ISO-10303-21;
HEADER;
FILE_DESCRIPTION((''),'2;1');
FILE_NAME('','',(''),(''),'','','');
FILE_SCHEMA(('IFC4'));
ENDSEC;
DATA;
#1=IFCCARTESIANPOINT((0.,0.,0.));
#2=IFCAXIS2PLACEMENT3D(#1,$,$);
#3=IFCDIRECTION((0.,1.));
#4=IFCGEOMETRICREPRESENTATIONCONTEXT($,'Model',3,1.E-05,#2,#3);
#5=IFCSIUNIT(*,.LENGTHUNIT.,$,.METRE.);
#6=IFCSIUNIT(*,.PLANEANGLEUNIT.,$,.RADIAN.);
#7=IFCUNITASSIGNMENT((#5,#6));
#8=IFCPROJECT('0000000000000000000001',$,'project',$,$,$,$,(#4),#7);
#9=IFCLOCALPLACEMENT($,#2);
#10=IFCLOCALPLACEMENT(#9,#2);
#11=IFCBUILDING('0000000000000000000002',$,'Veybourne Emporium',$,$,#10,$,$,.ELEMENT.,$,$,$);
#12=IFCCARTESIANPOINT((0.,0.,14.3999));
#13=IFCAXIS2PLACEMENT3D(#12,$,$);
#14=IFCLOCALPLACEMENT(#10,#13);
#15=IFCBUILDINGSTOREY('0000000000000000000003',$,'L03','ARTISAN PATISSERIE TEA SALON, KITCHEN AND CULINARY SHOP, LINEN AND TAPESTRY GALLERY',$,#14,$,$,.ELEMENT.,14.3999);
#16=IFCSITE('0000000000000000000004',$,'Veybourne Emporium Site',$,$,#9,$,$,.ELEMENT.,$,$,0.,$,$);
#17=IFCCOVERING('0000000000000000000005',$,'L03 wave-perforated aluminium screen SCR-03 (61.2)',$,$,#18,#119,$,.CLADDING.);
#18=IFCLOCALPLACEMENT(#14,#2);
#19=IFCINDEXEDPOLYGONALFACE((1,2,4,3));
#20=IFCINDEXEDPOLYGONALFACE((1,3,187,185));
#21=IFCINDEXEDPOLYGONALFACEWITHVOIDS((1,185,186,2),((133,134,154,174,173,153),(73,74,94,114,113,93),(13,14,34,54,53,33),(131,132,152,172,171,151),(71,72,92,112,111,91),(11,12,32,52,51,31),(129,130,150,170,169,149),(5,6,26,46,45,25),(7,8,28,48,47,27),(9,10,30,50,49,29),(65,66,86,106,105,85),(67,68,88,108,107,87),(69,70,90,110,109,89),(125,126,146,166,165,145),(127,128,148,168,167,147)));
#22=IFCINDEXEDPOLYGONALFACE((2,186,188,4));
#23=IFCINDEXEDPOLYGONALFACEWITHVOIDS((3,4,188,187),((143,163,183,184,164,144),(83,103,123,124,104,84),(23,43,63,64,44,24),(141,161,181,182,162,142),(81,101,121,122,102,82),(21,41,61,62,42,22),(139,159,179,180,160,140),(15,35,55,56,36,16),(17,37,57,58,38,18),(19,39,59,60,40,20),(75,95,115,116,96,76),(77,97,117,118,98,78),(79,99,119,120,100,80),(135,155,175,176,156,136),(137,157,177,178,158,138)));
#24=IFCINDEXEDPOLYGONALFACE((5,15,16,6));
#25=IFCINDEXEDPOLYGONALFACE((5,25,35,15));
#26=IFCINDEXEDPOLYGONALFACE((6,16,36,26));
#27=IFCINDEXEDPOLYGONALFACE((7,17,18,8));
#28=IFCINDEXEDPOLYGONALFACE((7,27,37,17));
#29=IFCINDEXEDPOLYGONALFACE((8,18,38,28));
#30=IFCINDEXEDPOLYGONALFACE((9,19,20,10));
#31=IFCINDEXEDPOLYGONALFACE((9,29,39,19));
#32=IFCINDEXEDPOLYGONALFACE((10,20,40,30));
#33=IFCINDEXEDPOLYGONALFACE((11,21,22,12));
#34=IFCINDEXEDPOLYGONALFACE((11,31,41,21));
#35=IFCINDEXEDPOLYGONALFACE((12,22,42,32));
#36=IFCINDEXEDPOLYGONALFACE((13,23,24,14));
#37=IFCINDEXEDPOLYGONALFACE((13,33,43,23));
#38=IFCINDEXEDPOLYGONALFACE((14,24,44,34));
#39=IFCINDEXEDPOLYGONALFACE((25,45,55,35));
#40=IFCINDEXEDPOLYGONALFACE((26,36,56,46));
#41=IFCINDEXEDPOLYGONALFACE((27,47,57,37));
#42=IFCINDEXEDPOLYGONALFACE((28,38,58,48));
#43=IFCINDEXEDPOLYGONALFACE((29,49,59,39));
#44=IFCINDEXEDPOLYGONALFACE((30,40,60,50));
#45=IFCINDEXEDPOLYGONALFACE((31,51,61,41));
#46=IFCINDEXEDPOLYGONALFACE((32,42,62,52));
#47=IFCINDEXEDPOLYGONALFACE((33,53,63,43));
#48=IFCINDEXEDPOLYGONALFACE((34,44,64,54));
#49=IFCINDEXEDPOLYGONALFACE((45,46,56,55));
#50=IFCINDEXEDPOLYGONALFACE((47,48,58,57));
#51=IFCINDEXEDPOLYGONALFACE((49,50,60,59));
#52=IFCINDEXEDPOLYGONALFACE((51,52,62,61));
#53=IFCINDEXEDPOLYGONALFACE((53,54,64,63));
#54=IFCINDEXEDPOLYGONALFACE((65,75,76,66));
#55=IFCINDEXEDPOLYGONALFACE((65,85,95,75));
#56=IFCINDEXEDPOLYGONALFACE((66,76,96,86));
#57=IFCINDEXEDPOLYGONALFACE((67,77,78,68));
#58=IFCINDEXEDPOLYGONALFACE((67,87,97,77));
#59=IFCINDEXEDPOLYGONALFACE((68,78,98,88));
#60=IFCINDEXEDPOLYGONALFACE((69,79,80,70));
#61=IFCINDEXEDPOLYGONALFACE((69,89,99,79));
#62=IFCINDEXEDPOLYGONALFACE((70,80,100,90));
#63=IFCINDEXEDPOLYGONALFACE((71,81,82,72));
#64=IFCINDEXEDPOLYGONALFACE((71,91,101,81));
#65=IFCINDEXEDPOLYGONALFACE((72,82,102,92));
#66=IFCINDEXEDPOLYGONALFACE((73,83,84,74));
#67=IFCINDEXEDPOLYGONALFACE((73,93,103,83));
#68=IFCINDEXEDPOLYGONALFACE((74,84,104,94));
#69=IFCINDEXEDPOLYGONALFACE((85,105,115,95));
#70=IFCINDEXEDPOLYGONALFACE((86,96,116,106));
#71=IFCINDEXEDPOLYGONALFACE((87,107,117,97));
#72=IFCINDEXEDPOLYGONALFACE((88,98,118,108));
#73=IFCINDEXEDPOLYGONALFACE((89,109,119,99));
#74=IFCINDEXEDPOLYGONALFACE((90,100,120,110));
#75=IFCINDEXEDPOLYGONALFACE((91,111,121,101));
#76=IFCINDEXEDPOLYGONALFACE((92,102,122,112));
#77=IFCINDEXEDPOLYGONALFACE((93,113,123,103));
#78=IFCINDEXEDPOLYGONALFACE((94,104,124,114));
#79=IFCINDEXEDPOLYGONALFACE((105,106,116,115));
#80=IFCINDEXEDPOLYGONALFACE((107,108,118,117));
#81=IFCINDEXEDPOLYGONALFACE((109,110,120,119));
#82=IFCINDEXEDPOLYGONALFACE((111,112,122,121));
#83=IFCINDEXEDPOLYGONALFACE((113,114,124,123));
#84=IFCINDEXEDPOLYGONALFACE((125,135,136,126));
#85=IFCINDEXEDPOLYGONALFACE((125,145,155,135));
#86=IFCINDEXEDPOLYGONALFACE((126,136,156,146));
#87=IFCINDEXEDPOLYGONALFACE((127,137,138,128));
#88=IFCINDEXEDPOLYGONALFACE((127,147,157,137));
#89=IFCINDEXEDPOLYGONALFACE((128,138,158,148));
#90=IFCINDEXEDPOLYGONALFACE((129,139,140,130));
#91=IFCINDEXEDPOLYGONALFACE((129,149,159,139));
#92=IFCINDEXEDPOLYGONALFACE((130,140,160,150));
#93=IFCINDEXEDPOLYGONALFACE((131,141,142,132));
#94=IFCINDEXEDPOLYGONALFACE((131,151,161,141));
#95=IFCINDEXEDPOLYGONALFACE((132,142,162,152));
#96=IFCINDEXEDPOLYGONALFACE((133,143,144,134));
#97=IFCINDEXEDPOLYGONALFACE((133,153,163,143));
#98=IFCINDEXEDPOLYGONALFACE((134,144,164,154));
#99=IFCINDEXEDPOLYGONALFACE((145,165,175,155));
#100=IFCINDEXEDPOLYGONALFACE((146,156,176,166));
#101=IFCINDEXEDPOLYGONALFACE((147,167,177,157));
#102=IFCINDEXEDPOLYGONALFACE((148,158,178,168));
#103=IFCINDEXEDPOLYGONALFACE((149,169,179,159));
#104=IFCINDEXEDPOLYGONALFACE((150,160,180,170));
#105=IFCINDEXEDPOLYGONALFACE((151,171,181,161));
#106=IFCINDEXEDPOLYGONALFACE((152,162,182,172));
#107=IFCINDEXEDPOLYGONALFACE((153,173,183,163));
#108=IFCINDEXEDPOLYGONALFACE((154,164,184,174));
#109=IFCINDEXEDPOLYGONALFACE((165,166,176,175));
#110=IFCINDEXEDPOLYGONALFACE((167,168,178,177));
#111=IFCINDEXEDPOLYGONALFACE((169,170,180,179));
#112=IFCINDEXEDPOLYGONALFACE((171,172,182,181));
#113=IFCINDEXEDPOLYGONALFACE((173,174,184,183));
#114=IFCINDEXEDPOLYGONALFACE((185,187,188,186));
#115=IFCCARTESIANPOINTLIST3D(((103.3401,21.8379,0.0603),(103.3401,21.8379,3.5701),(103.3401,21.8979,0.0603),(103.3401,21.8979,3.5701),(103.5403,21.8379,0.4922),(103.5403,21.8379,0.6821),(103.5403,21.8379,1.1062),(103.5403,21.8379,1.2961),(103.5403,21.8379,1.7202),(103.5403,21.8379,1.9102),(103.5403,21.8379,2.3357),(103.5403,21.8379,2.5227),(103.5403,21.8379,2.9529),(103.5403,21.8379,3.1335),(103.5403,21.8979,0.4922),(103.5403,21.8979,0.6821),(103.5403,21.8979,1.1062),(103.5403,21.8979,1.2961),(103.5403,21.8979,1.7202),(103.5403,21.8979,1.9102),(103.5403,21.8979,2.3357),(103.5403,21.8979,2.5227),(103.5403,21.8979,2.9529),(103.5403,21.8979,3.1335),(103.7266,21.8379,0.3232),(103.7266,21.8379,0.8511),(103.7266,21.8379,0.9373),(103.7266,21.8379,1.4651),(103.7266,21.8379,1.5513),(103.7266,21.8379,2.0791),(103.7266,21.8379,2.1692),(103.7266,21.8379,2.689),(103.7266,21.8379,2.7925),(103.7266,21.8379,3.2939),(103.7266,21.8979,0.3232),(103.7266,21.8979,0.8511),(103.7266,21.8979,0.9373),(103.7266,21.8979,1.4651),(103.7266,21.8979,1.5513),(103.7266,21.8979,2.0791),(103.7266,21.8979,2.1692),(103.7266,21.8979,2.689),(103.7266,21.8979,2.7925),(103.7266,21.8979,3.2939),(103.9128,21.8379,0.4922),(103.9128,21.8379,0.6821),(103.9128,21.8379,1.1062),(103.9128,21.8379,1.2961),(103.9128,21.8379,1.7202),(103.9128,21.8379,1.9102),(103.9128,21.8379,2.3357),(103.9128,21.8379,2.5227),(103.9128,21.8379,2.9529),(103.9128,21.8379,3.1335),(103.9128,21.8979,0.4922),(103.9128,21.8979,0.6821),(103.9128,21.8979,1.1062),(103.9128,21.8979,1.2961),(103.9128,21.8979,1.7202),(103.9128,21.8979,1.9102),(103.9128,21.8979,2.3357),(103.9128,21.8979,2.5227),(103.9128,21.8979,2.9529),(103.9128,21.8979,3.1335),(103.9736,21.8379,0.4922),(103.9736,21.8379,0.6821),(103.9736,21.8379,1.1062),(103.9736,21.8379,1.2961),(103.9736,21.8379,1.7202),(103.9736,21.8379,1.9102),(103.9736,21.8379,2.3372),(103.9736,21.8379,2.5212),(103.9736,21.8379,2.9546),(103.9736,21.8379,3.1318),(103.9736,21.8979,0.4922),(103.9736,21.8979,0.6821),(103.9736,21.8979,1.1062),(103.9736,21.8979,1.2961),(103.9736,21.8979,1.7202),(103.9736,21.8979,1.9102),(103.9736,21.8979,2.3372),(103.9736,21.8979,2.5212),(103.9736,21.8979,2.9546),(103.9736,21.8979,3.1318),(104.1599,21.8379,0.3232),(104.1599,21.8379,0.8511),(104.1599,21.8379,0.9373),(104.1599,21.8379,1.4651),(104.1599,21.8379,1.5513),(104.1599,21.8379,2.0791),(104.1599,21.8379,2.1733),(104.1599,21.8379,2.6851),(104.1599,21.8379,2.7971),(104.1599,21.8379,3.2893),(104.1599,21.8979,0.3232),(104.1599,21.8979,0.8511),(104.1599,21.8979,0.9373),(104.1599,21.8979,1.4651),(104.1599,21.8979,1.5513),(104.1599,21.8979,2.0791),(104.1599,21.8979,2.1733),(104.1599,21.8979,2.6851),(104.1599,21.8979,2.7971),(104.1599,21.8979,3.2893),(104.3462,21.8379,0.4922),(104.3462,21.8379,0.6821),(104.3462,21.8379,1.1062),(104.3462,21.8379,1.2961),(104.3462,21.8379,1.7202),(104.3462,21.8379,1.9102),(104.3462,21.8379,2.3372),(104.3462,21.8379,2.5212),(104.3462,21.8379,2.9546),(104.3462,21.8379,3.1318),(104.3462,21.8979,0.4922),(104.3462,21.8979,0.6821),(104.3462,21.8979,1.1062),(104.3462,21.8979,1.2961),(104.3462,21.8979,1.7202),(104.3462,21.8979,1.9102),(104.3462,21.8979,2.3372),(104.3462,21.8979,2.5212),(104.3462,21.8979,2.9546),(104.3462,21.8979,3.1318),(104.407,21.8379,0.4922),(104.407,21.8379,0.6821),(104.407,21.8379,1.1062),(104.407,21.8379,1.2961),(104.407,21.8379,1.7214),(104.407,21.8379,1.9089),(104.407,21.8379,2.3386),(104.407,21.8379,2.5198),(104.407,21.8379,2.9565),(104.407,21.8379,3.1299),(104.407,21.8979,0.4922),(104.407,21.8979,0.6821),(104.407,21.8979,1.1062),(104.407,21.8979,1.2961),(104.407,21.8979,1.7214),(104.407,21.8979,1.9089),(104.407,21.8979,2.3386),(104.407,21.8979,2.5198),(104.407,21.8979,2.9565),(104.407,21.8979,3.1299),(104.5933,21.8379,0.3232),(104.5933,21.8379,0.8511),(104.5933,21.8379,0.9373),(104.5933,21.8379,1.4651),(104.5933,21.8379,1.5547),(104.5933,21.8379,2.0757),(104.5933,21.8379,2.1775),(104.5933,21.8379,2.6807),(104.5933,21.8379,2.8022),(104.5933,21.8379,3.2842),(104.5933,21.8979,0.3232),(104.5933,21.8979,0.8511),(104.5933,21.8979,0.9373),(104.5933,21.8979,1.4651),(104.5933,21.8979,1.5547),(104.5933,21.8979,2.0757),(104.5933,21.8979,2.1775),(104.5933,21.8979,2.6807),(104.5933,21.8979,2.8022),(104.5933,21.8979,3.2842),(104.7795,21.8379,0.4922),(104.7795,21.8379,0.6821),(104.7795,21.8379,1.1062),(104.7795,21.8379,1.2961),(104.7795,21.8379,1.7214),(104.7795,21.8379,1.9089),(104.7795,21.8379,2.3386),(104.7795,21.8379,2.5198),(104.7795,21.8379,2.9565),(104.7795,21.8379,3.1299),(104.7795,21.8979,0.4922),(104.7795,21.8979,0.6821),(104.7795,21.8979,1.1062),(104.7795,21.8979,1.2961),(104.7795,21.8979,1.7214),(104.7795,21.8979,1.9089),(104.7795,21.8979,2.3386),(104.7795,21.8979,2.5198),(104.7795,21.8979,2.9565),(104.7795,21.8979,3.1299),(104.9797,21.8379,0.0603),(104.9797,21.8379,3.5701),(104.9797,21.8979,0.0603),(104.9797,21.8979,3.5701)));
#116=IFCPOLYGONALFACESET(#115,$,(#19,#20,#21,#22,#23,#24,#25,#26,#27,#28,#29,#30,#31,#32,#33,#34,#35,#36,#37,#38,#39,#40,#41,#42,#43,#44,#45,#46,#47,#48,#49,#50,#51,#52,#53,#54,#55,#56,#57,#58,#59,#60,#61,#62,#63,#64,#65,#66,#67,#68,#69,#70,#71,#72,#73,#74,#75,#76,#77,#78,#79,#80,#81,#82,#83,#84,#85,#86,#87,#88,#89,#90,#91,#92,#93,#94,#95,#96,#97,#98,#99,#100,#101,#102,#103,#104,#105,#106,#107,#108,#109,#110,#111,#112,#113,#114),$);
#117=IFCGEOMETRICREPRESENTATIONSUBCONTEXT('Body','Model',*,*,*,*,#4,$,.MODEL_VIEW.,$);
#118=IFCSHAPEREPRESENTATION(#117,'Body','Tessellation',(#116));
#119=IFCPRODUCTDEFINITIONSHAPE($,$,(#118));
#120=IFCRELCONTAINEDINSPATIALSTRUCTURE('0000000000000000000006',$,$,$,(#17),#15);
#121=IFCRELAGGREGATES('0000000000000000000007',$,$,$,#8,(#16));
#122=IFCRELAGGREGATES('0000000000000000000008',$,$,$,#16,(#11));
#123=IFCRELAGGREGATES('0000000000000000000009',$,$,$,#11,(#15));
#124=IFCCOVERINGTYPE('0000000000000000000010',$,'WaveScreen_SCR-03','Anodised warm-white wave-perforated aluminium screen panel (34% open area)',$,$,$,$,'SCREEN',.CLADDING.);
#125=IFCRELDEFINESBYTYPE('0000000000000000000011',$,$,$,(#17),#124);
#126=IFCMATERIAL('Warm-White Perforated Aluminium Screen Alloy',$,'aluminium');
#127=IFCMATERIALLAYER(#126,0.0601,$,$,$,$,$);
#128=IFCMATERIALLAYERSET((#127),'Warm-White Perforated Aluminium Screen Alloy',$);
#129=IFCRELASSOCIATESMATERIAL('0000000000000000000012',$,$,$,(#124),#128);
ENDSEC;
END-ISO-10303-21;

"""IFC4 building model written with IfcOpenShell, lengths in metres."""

from ifc_helpers import new_model, si_unit, direction, frame, origin, place, context, subcontext, project, spatial, polyline, outline, extrude, material, layer, layer_set, type_object, element, save


model = new_model("IFC4")

# Units and contexts
model_context = context("Model", 3, precision=1e-05, world=origin(), true_north=direction((0.0, 1.0)))
body_context = subcontext(model_context, "Body", "Model", "MODEL_VIEW")
ifc_project = project(units=[si_unit("LENGTHUNIT", "METRE"), si_unit("PLANEANGLEUNIT", "RADIAN")], contexts=[model_context])

# Site, building, storey
site_placement = place(None, origin())
site = spatial("IfcSite", under=ifc_project, at=site_placement, Name="Veybourne Emporium Site", CompositionType="ELEMENT", RefElevation=0.0)
building_placement = place(site_placement, origin())
building = spatial("IfcBuilding", under=site, at=building_placement, Name="Veybourne Emporium", CompositionType="ELEMENT")
storey_placement = place(building_placement, frame((0.0, 0.0, 14.3999)))
storey = spatial("IfcBuildingStorey", under=building, at=storey_placement, Name="L03", Description="ARTISAN PATISSERIE TEA SALON, KITCHEN AND CULINARY SHOP, LINEN AND TAPESTRY GALLERY", CompositionType="ELEMENT", Elevation=14.3999)

# Covering
ifc_material_1 = material(Name="Warm-White Perforated Aluminium Screen Alloy", Category="aluminium")
ifc_layer_1 = layer(ifc_material_1, 0.0601)
ifc_layer_set_1 = layer_set([ifc_layer_1], Name="Warm-White Perforated Aluminium Screen Alloy")
covering_type_1 = type_object("IfcCoveringType", Name="WaveScreen_SCR-03", Description="Anodised warm-white wave-perforated aluminium screen panel (34% open area)", ElementType="SCREEN", PredefinedType="CLADDING", material=ifc_layer_set_1)
covering_1_placement = place(storey_placement, frame((104.1599, 21.8979, 1.8152), z_axis=(0.0, -1.0, 0.0), x_axis=(1.0, 0.0, 0.0)))
element("IfcCovering", 1, at=covering_1_placement, inside=storey, type_object=covering_type_1, Name="L03 wave-perforated aluminium screen SCR-03 (61.2)", PredefinedType="CLADDING", context=body_context, shape_type="SweptSolid", body=[
    extrude(outline(polyline([(-0.8198, -1.7549), (0.8198, -1.7549), (0.8198, 1.7549), (-0.8198, 1.7549), (-0.8198, -1.7549)]), holes=[polyline([(-0.4333, -0.9641), (-0.2471, -1.1331), (-0.2471, -1.323), (-0.4333, -1.4919), (-0.6196, -1.323), (-0.6196, -1.1331), (-0.4333, -0.9641)]), polyline([(-0.4333, -0.3501), (-0.2471, -0.519), (-0.2471, -0.709), (-0.4333, -0.8779), (-0.6196, -0.709), (-0.6196, -0.519), (-0.4333, -0.3501)]), polyline([(-0.4333, 0.2639), (-0.2471, 0.095), (-0.2471, -0.095), (-0.4333, -0.2639), (-0.6196, -0.095), (-0.6196, 0.095), (-0.4333, 0.2639)]), polyline([(-0.4333, 0.8738), (-0.2471, 0.7075), (-0.2471, 0.5205), (-0.4333, 0.354), (-0.6196, 0.5205), (-0.6196, 0.7075), (-0.4333, 0.8738)]), polyline([(-0.4333, 1.4788), (-0.2471, 1.3184), (-0.2471, 1.1377), (-0.4333, 0.9773), (-0.6196, 1.1377), (-0.6196, 1.3184), (-0.4333, 1.4788)]), polyline([(0.0, -0.9641), (0.1863, -1.1331), (0.1863, -1.323), (0.0, -1.4919), (-0.1863, -1.323), (-0.1863, -1.1331), (0.0, -0.9641)]), polyline([(0.0, -0.3501), (0.1863, -0.519), (0.1863, -0.709), (0.0, -0.8779), (-0.1863, -0.709), (-0.1863, -0.519), (0.0, -0.3501)]), polyline([(0.0, 0.2639), (0.1863, 0.095), (0.1863, -0.095), (0.0, -0.2639), (-0.1863, -0.095), (-0.1863, 0.095), (0.0, 0.2639)]), polyline([(0.0, 0.8699), (0.1863, 0.7061), (0.1863, 0.522), (0.0, 0.3582), (-0.1863, 0.522), (-0.1863, 0.7061), (0.0, 0.8699)]), polyline([(0.0, 1.4741), (0.1863, 1.3167), (0.1863, 1.1394), (0.0, 0.9819), (-0.1863, 1.1394), (-0.1863, 1.3167), (0.0, 1.4741)]), polyline([(0.4333, -0.9641), (0.6196, -1.1331), (0.6196, -1.323), (0.4333, -1.4919), (0.2471, -1.323), (0.2471, -1.1331), (0.4333, -0.9641)]), polyline([(0.4333, -0.3501), (0.6196, -0.519), (0.6196, -0.709), (0.4333, -0.8779), (0.2471, -0.709), (0.2471, -0.519), (0.4333, -0.3501)]), polyline([(0.4333, 0.2605), (0.6196, 0.0938), (0.6196, -0.0938), (0.4333, -0.2605), (0.2471, -0.0938), (0.2471, 0.0938), (0.4333, 0.2605)]), polyline([(0.4333, 0.8655), (0.6196, 0.7046), (0.6196, 0.5234), (0.4333, 0.3623), (0.2471, 0.5234), (0.2471, 0.7046), (0.4333, 0.8655)]), polyline([(0.4333, 1.469), (0.6196, 1.3147), (0.6196, 1.1414), (0.4333, 0.9871), (0.2471, 1.1414), (0.2471, 1.3147), (0.4333, 1.469)])]), origin(), (0.0, 0.0, 1.0), 0.0601),
])

save(model, "model.ifc")
